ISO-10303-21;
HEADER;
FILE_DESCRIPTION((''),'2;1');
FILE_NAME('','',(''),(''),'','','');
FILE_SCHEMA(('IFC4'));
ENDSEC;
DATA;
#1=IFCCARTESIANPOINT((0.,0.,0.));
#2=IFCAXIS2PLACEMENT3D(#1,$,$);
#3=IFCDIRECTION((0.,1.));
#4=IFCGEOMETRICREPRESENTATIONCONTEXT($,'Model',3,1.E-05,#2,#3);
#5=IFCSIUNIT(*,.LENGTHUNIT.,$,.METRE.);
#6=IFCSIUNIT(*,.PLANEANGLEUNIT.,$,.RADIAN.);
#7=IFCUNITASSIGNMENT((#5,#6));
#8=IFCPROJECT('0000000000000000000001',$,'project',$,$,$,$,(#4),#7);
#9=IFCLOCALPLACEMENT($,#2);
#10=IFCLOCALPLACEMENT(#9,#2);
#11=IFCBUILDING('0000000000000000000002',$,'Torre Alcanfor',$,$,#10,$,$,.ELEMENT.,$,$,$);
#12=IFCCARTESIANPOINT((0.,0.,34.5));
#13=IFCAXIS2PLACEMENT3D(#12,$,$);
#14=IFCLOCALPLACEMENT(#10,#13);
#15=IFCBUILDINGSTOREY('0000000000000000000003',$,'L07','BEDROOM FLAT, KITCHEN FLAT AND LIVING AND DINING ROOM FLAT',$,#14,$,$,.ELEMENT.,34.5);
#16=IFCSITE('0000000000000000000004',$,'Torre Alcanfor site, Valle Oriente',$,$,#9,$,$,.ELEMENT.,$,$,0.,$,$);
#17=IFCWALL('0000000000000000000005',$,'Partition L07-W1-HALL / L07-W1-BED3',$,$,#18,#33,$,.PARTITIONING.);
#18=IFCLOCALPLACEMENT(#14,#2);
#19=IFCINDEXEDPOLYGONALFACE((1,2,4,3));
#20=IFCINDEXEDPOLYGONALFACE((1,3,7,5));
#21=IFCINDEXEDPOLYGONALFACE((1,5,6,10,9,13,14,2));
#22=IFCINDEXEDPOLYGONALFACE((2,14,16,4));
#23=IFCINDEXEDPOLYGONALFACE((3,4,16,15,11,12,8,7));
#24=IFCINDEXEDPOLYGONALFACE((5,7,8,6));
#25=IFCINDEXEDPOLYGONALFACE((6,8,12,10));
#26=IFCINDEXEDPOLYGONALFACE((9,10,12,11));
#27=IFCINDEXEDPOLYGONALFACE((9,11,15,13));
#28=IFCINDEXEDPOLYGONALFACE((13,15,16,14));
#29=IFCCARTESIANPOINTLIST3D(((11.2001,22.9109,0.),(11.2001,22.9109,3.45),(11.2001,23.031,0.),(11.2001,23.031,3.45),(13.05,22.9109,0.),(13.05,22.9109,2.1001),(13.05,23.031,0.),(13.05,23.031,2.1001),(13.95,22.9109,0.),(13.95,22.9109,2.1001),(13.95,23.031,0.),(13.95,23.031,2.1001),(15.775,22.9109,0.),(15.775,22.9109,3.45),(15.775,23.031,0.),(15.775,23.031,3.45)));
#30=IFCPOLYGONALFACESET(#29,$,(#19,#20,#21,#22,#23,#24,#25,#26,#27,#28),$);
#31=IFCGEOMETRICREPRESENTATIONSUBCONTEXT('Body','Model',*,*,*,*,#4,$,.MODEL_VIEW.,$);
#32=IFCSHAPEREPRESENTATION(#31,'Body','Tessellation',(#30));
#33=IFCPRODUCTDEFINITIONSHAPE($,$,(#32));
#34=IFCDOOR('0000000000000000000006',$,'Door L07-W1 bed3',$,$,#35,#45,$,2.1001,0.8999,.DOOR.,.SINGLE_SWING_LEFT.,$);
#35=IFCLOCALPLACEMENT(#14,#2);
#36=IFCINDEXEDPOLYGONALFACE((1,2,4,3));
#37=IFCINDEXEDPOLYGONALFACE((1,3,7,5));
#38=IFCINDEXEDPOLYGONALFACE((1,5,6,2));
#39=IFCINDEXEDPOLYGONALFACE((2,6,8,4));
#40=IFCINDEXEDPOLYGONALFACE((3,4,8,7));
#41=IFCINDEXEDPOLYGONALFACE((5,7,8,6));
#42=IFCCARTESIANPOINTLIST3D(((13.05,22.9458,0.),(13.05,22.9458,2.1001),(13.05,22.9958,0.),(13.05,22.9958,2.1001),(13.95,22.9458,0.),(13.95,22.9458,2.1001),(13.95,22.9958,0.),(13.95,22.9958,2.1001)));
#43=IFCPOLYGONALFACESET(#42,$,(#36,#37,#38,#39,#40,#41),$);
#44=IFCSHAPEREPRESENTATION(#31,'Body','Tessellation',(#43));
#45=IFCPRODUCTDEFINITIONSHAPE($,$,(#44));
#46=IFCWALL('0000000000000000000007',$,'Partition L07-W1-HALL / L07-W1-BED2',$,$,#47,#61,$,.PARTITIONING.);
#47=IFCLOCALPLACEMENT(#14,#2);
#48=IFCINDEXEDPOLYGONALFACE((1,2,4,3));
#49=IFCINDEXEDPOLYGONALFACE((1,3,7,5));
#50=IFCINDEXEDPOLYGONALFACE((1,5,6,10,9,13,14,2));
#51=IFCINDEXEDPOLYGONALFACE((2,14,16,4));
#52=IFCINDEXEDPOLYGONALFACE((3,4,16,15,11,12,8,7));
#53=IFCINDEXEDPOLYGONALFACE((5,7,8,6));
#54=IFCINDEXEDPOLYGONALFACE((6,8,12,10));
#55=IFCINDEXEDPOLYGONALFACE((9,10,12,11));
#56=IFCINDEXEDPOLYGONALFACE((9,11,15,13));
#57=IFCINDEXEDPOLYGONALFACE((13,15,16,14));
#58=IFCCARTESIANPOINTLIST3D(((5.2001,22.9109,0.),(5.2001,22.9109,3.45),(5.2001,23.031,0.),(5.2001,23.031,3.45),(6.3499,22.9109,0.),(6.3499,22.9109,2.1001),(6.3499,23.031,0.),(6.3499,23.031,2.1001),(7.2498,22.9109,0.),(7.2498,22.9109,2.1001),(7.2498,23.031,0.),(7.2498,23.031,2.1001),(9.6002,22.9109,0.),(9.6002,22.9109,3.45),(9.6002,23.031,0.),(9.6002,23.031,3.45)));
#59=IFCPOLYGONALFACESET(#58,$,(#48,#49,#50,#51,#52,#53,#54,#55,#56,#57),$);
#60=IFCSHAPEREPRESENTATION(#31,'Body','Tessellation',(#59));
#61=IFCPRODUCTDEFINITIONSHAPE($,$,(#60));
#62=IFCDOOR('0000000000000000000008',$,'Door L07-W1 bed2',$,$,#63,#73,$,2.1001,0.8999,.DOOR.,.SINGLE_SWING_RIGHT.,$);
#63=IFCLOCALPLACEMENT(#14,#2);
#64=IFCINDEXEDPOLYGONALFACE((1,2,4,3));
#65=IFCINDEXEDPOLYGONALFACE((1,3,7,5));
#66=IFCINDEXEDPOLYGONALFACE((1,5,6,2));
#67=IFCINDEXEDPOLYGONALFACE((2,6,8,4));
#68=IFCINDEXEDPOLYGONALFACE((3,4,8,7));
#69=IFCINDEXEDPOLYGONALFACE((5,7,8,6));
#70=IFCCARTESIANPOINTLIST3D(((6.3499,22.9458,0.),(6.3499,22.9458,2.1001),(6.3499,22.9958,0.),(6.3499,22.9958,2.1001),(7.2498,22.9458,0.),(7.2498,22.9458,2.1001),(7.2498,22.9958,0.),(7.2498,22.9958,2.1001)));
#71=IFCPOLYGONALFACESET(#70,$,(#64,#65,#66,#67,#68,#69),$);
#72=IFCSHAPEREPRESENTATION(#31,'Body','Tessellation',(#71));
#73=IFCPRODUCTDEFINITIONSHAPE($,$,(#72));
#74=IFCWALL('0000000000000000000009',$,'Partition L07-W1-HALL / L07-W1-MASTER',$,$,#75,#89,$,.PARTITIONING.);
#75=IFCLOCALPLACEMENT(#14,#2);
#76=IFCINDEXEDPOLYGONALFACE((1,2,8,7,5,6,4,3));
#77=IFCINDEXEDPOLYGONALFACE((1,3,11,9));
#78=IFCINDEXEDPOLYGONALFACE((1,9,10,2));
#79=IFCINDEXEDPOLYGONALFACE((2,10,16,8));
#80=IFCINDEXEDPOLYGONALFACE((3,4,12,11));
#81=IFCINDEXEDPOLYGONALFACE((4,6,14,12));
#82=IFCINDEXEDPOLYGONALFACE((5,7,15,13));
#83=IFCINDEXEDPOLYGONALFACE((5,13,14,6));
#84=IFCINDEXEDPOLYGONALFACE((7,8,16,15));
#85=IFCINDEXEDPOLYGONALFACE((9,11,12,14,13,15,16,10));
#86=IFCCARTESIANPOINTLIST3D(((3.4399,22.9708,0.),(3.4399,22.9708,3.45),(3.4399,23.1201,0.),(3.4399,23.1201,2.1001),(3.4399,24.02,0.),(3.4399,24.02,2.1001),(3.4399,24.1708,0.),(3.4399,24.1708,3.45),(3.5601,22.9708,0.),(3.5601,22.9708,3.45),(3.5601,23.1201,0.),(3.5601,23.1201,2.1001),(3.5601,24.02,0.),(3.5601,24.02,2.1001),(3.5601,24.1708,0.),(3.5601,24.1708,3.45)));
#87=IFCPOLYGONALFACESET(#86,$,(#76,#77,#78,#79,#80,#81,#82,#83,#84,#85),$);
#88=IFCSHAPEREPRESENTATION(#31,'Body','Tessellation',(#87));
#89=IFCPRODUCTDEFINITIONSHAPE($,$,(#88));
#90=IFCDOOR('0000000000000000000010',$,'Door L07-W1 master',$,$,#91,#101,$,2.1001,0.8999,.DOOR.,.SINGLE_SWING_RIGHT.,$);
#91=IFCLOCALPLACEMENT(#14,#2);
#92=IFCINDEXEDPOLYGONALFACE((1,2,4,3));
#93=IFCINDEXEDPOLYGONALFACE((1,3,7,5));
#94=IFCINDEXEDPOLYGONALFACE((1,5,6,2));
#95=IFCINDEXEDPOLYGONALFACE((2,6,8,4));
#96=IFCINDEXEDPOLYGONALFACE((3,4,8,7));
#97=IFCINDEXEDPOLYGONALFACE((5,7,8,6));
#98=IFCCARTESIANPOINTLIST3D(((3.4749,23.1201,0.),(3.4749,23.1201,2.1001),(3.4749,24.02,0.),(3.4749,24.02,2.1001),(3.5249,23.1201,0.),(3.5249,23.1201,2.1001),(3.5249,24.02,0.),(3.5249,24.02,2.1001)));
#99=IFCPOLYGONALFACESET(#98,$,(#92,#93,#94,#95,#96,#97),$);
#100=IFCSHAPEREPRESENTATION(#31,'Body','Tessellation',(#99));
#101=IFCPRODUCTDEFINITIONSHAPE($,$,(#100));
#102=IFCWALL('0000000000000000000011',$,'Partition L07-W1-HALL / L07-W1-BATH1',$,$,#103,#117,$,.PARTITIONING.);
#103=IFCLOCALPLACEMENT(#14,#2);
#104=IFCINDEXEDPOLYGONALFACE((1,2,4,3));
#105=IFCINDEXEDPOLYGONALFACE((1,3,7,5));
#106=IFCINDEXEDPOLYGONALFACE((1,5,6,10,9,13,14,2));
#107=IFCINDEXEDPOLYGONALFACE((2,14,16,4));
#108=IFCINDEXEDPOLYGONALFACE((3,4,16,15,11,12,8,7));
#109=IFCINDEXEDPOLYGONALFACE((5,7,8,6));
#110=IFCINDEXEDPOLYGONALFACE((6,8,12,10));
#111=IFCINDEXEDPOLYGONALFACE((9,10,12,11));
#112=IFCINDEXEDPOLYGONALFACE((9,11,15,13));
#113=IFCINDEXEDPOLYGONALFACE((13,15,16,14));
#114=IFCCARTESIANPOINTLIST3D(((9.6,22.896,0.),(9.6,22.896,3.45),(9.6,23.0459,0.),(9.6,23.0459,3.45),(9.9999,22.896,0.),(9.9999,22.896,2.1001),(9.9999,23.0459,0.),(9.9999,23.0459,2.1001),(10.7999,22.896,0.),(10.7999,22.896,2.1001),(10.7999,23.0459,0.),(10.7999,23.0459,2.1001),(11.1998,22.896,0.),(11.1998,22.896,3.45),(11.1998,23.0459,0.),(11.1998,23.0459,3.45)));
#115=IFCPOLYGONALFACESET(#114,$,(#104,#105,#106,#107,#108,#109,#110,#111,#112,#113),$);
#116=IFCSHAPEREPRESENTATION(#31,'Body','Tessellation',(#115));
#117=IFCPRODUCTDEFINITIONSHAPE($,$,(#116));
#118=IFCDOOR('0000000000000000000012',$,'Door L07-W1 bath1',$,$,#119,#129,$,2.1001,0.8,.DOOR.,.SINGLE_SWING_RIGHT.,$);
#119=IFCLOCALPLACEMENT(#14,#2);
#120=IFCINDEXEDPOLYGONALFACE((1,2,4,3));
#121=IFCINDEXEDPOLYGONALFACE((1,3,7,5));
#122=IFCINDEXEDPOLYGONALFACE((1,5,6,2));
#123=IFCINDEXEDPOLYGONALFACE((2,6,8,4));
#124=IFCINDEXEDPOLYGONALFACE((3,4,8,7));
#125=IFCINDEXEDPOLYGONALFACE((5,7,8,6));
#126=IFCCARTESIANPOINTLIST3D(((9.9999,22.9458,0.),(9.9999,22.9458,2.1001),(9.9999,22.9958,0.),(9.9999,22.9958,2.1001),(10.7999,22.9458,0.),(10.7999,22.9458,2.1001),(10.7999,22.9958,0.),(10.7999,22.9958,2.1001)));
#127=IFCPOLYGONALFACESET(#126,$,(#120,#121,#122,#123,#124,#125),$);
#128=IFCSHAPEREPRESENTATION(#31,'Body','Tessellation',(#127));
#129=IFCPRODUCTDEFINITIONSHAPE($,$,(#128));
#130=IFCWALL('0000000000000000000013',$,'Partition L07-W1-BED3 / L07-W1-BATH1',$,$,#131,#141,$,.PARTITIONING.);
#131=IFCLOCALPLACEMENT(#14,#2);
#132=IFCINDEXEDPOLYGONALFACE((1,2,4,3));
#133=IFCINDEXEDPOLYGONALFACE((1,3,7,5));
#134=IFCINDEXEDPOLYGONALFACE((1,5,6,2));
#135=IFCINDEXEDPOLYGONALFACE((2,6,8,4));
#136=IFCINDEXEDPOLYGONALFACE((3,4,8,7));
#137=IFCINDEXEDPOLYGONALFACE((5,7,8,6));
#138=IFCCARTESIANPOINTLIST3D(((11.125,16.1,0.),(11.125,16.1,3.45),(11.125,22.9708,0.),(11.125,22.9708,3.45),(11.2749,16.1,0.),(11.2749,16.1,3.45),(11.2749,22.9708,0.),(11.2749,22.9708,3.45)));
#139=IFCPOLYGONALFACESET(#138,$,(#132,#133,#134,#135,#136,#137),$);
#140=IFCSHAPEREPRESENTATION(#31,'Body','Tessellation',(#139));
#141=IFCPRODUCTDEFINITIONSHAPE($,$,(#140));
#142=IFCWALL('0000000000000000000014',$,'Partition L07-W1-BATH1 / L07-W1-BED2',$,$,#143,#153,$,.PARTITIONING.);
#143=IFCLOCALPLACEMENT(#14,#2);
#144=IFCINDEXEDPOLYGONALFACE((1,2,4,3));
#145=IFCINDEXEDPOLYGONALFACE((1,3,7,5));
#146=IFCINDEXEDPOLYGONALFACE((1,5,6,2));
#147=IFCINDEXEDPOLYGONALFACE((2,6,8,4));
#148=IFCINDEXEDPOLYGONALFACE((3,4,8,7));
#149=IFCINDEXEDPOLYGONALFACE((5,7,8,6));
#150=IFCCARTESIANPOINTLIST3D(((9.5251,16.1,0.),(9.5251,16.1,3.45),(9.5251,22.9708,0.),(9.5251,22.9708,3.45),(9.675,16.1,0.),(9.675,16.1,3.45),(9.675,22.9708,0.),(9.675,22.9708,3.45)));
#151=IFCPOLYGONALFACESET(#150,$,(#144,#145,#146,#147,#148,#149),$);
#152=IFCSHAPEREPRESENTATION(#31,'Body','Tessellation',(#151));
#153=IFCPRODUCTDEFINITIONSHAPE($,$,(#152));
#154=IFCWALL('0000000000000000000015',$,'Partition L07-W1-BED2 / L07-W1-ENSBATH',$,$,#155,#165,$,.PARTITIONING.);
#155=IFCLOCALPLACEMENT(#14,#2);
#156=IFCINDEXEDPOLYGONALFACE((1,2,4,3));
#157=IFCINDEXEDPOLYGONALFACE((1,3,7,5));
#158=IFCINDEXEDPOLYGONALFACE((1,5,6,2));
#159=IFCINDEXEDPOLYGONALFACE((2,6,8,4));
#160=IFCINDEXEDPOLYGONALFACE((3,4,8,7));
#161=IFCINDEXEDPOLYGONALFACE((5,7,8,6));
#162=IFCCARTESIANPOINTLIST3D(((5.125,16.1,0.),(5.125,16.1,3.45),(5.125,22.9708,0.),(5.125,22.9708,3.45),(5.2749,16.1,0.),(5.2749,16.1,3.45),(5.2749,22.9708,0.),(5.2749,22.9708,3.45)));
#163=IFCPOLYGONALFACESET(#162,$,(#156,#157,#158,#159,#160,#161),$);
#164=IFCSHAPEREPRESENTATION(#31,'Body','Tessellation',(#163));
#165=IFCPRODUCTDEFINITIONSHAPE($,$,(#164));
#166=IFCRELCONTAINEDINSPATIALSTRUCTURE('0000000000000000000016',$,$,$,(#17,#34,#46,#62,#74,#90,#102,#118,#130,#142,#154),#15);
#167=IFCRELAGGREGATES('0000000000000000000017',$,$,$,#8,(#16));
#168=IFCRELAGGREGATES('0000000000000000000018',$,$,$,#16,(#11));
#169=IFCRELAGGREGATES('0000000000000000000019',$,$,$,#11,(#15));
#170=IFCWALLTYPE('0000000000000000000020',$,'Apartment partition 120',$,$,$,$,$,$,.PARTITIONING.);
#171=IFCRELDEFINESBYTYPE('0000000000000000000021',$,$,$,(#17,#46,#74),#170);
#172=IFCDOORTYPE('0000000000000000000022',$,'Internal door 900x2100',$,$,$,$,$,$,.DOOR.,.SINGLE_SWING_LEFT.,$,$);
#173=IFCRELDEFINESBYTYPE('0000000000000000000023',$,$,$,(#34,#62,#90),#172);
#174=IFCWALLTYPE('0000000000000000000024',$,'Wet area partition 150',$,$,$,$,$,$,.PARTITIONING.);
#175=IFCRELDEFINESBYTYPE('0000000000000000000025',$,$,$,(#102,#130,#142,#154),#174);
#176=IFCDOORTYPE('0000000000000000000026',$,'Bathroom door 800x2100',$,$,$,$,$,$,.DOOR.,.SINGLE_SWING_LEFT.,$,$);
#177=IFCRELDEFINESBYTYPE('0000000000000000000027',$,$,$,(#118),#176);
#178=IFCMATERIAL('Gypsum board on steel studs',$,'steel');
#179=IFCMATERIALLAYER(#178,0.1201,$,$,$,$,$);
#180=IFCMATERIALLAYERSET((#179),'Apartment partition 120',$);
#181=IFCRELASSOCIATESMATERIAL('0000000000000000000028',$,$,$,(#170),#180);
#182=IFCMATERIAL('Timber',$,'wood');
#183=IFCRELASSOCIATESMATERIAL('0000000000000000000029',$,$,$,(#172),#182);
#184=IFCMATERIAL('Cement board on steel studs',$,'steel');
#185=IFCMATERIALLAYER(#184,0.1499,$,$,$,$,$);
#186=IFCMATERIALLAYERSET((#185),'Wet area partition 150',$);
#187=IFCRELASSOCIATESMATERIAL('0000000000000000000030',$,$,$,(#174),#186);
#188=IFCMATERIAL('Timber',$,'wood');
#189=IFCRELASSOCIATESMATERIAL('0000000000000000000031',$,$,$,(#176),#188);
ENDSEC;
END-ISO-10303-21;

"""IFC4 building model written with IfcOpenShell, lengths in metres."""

from ifc_helpers import new_model, si_unit, direction, frame, frame_2d, origin, place, context, subcontext, project, spatial, rectangle, extrude, material, layer, layer_set, type_object, element, fill, save


model = new_model("IFC4")

# Units and contexts
model_context = context("Model", 3, precision=1e-05, world=origin(), true_north=direction((0.0, 1.0)))
body_context = subcontext(model_context, "Body", "Model", "MODEL_VIEW")
ifc_project = project(units=[si_unit("LENGTHUNIT", "METRE"), si_unit("PLANEANGLEUNIT", "RADIAN")], contexts=[model_context])

# Site, building, storey
site_placement = place(None, origin())
site = spatial("IfcSite", under=ifc_project, at=site_placement, Name="Torre Alcanfor site, Valle Oriente", CompositionType="ELEMENT", RefElevation=0.0)
building_placement = place(site_placement, origin())
building = spatial("IfcBuilding", under=site, at=building_placement, Name="Torre Alcanfor", CompositionType="ELEMENT")
storey_placement = place(building_placement, frame((0.0, 0.0, 34.5)))
storey = spatial("IfcBuildingStorey", under=building, at=storey_placement, Name="L07", Description="BEDROOM FLAT, KITCHEN FLAT AND LIVING AND DINING ROOM FLAT", CompositionType="ELEMENT", Elevation=34.5)

# Shared definitions
ifc_material_1 = material(Name="Gypsum board on steel studs", Category="steel")
ifc_layer_1 = layer(ifc_material_1, 0.1201)
ifc_layer_set_1 = layer_set([ifc_layer_1], Name="Apartment partition 120")
wall_type_1 = type_object("IfcWallType", Name="Apartment partition 120", PredefinedType="PARTITIONING", material=ifc_layer_set_1)

# Walls, openings, doors
wall_1_placement = place(storey_placement, frame((11.2, 22.9709, 0.0), z_axis=(0.0, 0.0, 1.0), x_axis=(1.0, 0.0, 0.0)))
wall_1 = element("IfcWall", 1, at=wall_1_placement, inside=storey, type_object=wall_type_1, Name="Partition L07-W1-HALL / L07-W1-BED3", PredefinedType="PARTITIONING", context=body_context, shape_type="SweptSolid", body=[
    extrude(rectangle(XDim=4.575, YDim=0.1201, at=frame_2d((2.2876, 0.0))), origin(), (0.0, 0.0, 1.0), 3.45),
])
opening_1_placement = place(wall_1_placement, frame((1.8501, 0.0, 0.0)))
opening_1 = element("IfcOpeningElement", 2, at=opening_1_placement, cuts=wall_1, PredefinedType="OPENING", context=body_context, shape_type="SweptSolid", body=[
    extrude(rectangle(XDim=0.8999, YDim=2.1001, at=frame_2d((0.45, 1.05))), frame((0.0, 0.0701, 0.0), z_axis=(0.0, -1.0, 0.0), x_axis=(1.0, 0.0, 0.0)), (0.0, 0.0, 1.0), 0.1401),
])
ifc_material_2 = material(Name="Timber", Category="wood")
door_type_1 = type_object("IfcDoorType", Name="Internal door 900x2100", OperationType="SINGLE_SWING_LEFT", PredefinedType="DOOR", material=ifc_material_2)
door_1_placement = place(opening_1_placement, frame((0.8999, 0.0, 0.0), z_axis=(0.0, 0.0, 1.0), x_axis=(-1.0, 0.0, 0.0)))
door_1 = element("IfcDoor", 3, at=door_1_placement, inside=storey, type_object=door_type_1, Name="Door L07-W1 bed3", OperationType="SINGLE_SWING_LEFT", OverallHeight=2.1001, OverallWidth=0.8999, PredefinedType="DOOR", context=body_context, shape_type="SweptSolid", body=[
    extrude(rectangle(XDim=0.8999, YDim=2.1001, at=frame_2d((0.45, 1.05))), frame((0.0, 0.0251, 0.0), z_axis=(0.0, -1.0, 0.0), x_axis=(1.0, 0.0, 0.0)), (0.0, 0.0, 1.0), 0.05),
])
fill(opening_1, door_1)
wall_2_placement = place(storey_placement, frame((5.2, 22.9709, 0.0), z_axis=(0.0, 0.0, 1.0), x_axis=(1.0, 0.0, 0.0)))
wall_2 = element("IfcWall", 4, at=wall_2_placement, inside=storey, type_object=wall_type_1, Name="Partition L07-W1-HALL / L07-W1-BED2", PredefinedType="PARTITIONING", context=body_context, shape_type="SweptSolid", body=[
    extrude(rectangle(XDim=4.4001, YDim=0.1201, at=frame_2d((2.2002, 0.0))), origin(), (0.0, 0.0, 1.0), 3.45),
])
opening_2_placement = place(wall_2_placement, frame((1.1499, 0.0, 0.0)))
opening_2 = element("IfcOpeningElement", 5, at=opening_2_placement, cuts=wall_2, PredefinedType="OPENING", context=body_context, shape_type="SweptSolid", body=[
    extrude(rectangle(XDim=0.8999, YDim=2.1001, at=frame_2d((0.45, 1.05))), frame((0.0, 0.0701, 0.0), z_axis=(0.0, -1.0, 0.0), x_axis=(1.0, 0.0, 0.0)), (0.0, 0.0, 1.0), 0.1401),
])
door_2_placement = place(opening_2_placement, frame((0.8999, 0.0, 0.0), z_axis=(0.0, 0.0, 1.0), x_axis=(-1.0, 0.0, 0.0)))
door_2 = element("IfcDoor", 6, at=door_2_placement, inside=storey, type_object=door_type_1, Name="Door L07-W1 bed2", OperationType="SINGLE_SWING_RIGHT", OverallHeight=2.1001, OverallWidth=0.8999, PredefinedType="DOOR", context=body_context, shape_type="SweptSolid", body=[
    extrude(rectangle(XDim=0.8999, YDim=2.1001, at=frame_2d((0.45, 1.05))), frame((0.0, 0.0251, 0.0), z_axis=(0.0, -1.0, 0.0), x_axis=(1.0, 0.0, 0.0)), (0.0, 0.0, 1.0), 0.05),
])
fill(opening_2, door_2)
wall_3_placement = place(storey_placement, frame((3.5, 24.1709, 0.0), z_axis=(0.0, 0.0, 1.0), x_axis=(0.0, -1.0, 0.0)))
wall_3 = element("IfcWall", 7, at=wall_3_placement, inside=storey, type_object=wall_type_1, Name="Partition L07-W1-HALL / L07-W1-MASTER", PredefinedType="PARTITIONING", context=body_context, shape_type="SweptSolid", body=[
    extrude(rectangle(XDim=1.2, YDim=0.1201, at=frame_2d((0.6001, 0.0))), origin(), (0.0, 0.0, 1.0), 3.45),
])
opening_3_placement = place(wall_3_placement, frame((0.1509, 0.0, 0.0)))
opening_3 = element("IfcOpeningElement", 8, at=opening_3_placement, cuts=wall_3, PredefinedType="OPENING", context=body_context, shape_type="SweptSolid", body=[
    extrude(rectangle(XDim=0.8999, YDim=2.1001, at=frame_2d((0.45, 1.05))), frame((0.0, 0.0701, 0.0), z_axis=(0.0, -1.0, 0.0), x_axis=(1.0, 0.0, 0.0)), (0.0, 0.0, 1.0), 0.1401),
])
door_3_placement = place(opening_3_placement, frame((0.8999, 0.0, 0.0), z_axis=(0.0, 0.0, 1.0), x_axis=(-1.0, 0.0, 0.0)))
door_3 = element("IfcDoor", 9, at=door_3_placement, inside=storey, type_object=door_type_1, Name="Door L07-W1 master", OperationType="SINGLE_SWING_RIGHT", OverallHeight=2.1001, OverallWidth=0.8999, PredefinedType="DOOR", context=body_context, shape_type="SweptSolid", body=[
    extrude(rectangle(XDim=0.8999, YDim=2.1001, at=frame_2d((0.45, 1.05))), frame((0.0, 0.0251, 0.0), z_axis=(0.0, -1.0, 0.0), x_axis=(1.0, 0.0, 0.0)), (0.0, 0.0, 1.0), 0.05),
])
fill(opening_3, door_3)
ifc_material_3 = material(Name="Cement board on steel studs", Category="steel")
ifc_layer_2 = layer(ifc_material_3, 0.1499)
ifc_layer_set_2 = layer_set([ifc_layer_2], Name="Wet area partition 150")
wall_type_2 = type_object("IfcWallType", Name="Wet area partition 150", PredefinedType="PARTITIONING", material=ifc_layer_set_2)
wall_4_placement = place(storey_placement, frame((9.6001, 22.9709, 0.0), z_axis=(0.0, 0.0, 1.0), x_axis=(1.0, 0.0, 0.0)))
wall_4 = element("IfcWall", 10, at=wall_4_placement, inside=storey, type_object=wall_type_2, Name="Partition L07-W1-HALL / L07-W1-BATH1", PredefinedType="PARTITIONING", context=body_context, shape_type="SweptSolid", body=[
    extrude(rectangle(XDim=1.5999, YDim=0.1499, at=frame_2d((0.7998, 0.0))), origin(), (0.0, 0.0, 1.0), 3.45),
])
opening_4_placement = place(wall_4_placement, frame((0.3999, 0.0, 0.0)))
opening_4 = element("IfcOpeningElement", 11, at=opening_4_placement, cuts=wall_4, PredefinedType="OPENING", context=body_context, shape_type="SweptSolid", body=[
    extrude(rectangle(XDim=0.8, YDim=2.1001, at=frame_2d((0.3999, 1.05))), frame((0.0, 0.085, 0.0), z_axis=(0.0, -1.0, 0.0), x_axis=(1.0, 0.0, 0.0)), (0.0, 0.0, 1.0), 0.1699),
])
ifc_material_4 = material(Name="Timber", Category="wood")
door_type_2 = type_object("IfcDoorType", Name="Bathroom door 800x2100", OperationType="SINGLE_SWING_LEFT", PredefinedType="DOOR", material=ifc_material_4)
door_4_placement = place(opening_4_placement, frame((0.8, 0.0, 0.0), z_axis=(0.0, 0.0, 1.0), x_axis=(-1.0, 0.0, 0.0)))
door_4 = element("IfcDoor", 12, at=door_4_placement, inside=storey, type_object=door_type_2, Name="Door L07-W1 bath1", OperationType="SINGLE_SWING_RIGHT", OverallHeight=2.1001, OverallWidth=0.8, PredefinedType="DOOR", context=body_context, shape_type="SweptSolid", body=[
    extrude(rectangle(XDim=0.8, YDim=2.1001, at=frame_2d((0.4001, 1.05))), frame((0.0, 0.0251, 0.0), z_axis=(0.0, -1.0, 0.0), x_axis=(1.0, 0.0, 0.0)), (0.0, 0.0, 1.0), 0.05),
])
fill(opening_4, door_4)

# Walls
for number, where, z_axis, x_axis, name in (
    (13, (11.2, 22.9709, 0.0), (0.0, 0.0, 1.0), (0.0, -1.0, 0.0), "Partition L07-W1-BED3 / L07-W1-BATH1"),
    (14, (9.6001, 22.9709, 0.0), (0.0, 0.0, 1.0), (0.0, -1.0, 0.0), "Partition L07-W1-BATH1 / L07-W1-BED2"),
    (15, (5.2, 22.9709, 0.0), (0.0, 0.0, 1.0), (0.0, -1.0, 0.0), "Partition L07-W1-BED2 / L07-W1-ENSBATH"),
):
    element("IfcWall", number, at=place(storey_placement, frame(where, z_axis=z_axis, x_axis=x_axis)), inside=storey, type_object=wall_type_2, Name=name, PredefinedType="PARTITIONING", context=body_context, shape_type="SweptSolid", body=[
        extrude(rectangle(XDim=6.8708, YDim=0.1499, at=frame_2d((3.4355, 0.0))), origin(), (0.0, 0.0, 1.0), 3.45),
    ])

save(model, "model.ifc")
